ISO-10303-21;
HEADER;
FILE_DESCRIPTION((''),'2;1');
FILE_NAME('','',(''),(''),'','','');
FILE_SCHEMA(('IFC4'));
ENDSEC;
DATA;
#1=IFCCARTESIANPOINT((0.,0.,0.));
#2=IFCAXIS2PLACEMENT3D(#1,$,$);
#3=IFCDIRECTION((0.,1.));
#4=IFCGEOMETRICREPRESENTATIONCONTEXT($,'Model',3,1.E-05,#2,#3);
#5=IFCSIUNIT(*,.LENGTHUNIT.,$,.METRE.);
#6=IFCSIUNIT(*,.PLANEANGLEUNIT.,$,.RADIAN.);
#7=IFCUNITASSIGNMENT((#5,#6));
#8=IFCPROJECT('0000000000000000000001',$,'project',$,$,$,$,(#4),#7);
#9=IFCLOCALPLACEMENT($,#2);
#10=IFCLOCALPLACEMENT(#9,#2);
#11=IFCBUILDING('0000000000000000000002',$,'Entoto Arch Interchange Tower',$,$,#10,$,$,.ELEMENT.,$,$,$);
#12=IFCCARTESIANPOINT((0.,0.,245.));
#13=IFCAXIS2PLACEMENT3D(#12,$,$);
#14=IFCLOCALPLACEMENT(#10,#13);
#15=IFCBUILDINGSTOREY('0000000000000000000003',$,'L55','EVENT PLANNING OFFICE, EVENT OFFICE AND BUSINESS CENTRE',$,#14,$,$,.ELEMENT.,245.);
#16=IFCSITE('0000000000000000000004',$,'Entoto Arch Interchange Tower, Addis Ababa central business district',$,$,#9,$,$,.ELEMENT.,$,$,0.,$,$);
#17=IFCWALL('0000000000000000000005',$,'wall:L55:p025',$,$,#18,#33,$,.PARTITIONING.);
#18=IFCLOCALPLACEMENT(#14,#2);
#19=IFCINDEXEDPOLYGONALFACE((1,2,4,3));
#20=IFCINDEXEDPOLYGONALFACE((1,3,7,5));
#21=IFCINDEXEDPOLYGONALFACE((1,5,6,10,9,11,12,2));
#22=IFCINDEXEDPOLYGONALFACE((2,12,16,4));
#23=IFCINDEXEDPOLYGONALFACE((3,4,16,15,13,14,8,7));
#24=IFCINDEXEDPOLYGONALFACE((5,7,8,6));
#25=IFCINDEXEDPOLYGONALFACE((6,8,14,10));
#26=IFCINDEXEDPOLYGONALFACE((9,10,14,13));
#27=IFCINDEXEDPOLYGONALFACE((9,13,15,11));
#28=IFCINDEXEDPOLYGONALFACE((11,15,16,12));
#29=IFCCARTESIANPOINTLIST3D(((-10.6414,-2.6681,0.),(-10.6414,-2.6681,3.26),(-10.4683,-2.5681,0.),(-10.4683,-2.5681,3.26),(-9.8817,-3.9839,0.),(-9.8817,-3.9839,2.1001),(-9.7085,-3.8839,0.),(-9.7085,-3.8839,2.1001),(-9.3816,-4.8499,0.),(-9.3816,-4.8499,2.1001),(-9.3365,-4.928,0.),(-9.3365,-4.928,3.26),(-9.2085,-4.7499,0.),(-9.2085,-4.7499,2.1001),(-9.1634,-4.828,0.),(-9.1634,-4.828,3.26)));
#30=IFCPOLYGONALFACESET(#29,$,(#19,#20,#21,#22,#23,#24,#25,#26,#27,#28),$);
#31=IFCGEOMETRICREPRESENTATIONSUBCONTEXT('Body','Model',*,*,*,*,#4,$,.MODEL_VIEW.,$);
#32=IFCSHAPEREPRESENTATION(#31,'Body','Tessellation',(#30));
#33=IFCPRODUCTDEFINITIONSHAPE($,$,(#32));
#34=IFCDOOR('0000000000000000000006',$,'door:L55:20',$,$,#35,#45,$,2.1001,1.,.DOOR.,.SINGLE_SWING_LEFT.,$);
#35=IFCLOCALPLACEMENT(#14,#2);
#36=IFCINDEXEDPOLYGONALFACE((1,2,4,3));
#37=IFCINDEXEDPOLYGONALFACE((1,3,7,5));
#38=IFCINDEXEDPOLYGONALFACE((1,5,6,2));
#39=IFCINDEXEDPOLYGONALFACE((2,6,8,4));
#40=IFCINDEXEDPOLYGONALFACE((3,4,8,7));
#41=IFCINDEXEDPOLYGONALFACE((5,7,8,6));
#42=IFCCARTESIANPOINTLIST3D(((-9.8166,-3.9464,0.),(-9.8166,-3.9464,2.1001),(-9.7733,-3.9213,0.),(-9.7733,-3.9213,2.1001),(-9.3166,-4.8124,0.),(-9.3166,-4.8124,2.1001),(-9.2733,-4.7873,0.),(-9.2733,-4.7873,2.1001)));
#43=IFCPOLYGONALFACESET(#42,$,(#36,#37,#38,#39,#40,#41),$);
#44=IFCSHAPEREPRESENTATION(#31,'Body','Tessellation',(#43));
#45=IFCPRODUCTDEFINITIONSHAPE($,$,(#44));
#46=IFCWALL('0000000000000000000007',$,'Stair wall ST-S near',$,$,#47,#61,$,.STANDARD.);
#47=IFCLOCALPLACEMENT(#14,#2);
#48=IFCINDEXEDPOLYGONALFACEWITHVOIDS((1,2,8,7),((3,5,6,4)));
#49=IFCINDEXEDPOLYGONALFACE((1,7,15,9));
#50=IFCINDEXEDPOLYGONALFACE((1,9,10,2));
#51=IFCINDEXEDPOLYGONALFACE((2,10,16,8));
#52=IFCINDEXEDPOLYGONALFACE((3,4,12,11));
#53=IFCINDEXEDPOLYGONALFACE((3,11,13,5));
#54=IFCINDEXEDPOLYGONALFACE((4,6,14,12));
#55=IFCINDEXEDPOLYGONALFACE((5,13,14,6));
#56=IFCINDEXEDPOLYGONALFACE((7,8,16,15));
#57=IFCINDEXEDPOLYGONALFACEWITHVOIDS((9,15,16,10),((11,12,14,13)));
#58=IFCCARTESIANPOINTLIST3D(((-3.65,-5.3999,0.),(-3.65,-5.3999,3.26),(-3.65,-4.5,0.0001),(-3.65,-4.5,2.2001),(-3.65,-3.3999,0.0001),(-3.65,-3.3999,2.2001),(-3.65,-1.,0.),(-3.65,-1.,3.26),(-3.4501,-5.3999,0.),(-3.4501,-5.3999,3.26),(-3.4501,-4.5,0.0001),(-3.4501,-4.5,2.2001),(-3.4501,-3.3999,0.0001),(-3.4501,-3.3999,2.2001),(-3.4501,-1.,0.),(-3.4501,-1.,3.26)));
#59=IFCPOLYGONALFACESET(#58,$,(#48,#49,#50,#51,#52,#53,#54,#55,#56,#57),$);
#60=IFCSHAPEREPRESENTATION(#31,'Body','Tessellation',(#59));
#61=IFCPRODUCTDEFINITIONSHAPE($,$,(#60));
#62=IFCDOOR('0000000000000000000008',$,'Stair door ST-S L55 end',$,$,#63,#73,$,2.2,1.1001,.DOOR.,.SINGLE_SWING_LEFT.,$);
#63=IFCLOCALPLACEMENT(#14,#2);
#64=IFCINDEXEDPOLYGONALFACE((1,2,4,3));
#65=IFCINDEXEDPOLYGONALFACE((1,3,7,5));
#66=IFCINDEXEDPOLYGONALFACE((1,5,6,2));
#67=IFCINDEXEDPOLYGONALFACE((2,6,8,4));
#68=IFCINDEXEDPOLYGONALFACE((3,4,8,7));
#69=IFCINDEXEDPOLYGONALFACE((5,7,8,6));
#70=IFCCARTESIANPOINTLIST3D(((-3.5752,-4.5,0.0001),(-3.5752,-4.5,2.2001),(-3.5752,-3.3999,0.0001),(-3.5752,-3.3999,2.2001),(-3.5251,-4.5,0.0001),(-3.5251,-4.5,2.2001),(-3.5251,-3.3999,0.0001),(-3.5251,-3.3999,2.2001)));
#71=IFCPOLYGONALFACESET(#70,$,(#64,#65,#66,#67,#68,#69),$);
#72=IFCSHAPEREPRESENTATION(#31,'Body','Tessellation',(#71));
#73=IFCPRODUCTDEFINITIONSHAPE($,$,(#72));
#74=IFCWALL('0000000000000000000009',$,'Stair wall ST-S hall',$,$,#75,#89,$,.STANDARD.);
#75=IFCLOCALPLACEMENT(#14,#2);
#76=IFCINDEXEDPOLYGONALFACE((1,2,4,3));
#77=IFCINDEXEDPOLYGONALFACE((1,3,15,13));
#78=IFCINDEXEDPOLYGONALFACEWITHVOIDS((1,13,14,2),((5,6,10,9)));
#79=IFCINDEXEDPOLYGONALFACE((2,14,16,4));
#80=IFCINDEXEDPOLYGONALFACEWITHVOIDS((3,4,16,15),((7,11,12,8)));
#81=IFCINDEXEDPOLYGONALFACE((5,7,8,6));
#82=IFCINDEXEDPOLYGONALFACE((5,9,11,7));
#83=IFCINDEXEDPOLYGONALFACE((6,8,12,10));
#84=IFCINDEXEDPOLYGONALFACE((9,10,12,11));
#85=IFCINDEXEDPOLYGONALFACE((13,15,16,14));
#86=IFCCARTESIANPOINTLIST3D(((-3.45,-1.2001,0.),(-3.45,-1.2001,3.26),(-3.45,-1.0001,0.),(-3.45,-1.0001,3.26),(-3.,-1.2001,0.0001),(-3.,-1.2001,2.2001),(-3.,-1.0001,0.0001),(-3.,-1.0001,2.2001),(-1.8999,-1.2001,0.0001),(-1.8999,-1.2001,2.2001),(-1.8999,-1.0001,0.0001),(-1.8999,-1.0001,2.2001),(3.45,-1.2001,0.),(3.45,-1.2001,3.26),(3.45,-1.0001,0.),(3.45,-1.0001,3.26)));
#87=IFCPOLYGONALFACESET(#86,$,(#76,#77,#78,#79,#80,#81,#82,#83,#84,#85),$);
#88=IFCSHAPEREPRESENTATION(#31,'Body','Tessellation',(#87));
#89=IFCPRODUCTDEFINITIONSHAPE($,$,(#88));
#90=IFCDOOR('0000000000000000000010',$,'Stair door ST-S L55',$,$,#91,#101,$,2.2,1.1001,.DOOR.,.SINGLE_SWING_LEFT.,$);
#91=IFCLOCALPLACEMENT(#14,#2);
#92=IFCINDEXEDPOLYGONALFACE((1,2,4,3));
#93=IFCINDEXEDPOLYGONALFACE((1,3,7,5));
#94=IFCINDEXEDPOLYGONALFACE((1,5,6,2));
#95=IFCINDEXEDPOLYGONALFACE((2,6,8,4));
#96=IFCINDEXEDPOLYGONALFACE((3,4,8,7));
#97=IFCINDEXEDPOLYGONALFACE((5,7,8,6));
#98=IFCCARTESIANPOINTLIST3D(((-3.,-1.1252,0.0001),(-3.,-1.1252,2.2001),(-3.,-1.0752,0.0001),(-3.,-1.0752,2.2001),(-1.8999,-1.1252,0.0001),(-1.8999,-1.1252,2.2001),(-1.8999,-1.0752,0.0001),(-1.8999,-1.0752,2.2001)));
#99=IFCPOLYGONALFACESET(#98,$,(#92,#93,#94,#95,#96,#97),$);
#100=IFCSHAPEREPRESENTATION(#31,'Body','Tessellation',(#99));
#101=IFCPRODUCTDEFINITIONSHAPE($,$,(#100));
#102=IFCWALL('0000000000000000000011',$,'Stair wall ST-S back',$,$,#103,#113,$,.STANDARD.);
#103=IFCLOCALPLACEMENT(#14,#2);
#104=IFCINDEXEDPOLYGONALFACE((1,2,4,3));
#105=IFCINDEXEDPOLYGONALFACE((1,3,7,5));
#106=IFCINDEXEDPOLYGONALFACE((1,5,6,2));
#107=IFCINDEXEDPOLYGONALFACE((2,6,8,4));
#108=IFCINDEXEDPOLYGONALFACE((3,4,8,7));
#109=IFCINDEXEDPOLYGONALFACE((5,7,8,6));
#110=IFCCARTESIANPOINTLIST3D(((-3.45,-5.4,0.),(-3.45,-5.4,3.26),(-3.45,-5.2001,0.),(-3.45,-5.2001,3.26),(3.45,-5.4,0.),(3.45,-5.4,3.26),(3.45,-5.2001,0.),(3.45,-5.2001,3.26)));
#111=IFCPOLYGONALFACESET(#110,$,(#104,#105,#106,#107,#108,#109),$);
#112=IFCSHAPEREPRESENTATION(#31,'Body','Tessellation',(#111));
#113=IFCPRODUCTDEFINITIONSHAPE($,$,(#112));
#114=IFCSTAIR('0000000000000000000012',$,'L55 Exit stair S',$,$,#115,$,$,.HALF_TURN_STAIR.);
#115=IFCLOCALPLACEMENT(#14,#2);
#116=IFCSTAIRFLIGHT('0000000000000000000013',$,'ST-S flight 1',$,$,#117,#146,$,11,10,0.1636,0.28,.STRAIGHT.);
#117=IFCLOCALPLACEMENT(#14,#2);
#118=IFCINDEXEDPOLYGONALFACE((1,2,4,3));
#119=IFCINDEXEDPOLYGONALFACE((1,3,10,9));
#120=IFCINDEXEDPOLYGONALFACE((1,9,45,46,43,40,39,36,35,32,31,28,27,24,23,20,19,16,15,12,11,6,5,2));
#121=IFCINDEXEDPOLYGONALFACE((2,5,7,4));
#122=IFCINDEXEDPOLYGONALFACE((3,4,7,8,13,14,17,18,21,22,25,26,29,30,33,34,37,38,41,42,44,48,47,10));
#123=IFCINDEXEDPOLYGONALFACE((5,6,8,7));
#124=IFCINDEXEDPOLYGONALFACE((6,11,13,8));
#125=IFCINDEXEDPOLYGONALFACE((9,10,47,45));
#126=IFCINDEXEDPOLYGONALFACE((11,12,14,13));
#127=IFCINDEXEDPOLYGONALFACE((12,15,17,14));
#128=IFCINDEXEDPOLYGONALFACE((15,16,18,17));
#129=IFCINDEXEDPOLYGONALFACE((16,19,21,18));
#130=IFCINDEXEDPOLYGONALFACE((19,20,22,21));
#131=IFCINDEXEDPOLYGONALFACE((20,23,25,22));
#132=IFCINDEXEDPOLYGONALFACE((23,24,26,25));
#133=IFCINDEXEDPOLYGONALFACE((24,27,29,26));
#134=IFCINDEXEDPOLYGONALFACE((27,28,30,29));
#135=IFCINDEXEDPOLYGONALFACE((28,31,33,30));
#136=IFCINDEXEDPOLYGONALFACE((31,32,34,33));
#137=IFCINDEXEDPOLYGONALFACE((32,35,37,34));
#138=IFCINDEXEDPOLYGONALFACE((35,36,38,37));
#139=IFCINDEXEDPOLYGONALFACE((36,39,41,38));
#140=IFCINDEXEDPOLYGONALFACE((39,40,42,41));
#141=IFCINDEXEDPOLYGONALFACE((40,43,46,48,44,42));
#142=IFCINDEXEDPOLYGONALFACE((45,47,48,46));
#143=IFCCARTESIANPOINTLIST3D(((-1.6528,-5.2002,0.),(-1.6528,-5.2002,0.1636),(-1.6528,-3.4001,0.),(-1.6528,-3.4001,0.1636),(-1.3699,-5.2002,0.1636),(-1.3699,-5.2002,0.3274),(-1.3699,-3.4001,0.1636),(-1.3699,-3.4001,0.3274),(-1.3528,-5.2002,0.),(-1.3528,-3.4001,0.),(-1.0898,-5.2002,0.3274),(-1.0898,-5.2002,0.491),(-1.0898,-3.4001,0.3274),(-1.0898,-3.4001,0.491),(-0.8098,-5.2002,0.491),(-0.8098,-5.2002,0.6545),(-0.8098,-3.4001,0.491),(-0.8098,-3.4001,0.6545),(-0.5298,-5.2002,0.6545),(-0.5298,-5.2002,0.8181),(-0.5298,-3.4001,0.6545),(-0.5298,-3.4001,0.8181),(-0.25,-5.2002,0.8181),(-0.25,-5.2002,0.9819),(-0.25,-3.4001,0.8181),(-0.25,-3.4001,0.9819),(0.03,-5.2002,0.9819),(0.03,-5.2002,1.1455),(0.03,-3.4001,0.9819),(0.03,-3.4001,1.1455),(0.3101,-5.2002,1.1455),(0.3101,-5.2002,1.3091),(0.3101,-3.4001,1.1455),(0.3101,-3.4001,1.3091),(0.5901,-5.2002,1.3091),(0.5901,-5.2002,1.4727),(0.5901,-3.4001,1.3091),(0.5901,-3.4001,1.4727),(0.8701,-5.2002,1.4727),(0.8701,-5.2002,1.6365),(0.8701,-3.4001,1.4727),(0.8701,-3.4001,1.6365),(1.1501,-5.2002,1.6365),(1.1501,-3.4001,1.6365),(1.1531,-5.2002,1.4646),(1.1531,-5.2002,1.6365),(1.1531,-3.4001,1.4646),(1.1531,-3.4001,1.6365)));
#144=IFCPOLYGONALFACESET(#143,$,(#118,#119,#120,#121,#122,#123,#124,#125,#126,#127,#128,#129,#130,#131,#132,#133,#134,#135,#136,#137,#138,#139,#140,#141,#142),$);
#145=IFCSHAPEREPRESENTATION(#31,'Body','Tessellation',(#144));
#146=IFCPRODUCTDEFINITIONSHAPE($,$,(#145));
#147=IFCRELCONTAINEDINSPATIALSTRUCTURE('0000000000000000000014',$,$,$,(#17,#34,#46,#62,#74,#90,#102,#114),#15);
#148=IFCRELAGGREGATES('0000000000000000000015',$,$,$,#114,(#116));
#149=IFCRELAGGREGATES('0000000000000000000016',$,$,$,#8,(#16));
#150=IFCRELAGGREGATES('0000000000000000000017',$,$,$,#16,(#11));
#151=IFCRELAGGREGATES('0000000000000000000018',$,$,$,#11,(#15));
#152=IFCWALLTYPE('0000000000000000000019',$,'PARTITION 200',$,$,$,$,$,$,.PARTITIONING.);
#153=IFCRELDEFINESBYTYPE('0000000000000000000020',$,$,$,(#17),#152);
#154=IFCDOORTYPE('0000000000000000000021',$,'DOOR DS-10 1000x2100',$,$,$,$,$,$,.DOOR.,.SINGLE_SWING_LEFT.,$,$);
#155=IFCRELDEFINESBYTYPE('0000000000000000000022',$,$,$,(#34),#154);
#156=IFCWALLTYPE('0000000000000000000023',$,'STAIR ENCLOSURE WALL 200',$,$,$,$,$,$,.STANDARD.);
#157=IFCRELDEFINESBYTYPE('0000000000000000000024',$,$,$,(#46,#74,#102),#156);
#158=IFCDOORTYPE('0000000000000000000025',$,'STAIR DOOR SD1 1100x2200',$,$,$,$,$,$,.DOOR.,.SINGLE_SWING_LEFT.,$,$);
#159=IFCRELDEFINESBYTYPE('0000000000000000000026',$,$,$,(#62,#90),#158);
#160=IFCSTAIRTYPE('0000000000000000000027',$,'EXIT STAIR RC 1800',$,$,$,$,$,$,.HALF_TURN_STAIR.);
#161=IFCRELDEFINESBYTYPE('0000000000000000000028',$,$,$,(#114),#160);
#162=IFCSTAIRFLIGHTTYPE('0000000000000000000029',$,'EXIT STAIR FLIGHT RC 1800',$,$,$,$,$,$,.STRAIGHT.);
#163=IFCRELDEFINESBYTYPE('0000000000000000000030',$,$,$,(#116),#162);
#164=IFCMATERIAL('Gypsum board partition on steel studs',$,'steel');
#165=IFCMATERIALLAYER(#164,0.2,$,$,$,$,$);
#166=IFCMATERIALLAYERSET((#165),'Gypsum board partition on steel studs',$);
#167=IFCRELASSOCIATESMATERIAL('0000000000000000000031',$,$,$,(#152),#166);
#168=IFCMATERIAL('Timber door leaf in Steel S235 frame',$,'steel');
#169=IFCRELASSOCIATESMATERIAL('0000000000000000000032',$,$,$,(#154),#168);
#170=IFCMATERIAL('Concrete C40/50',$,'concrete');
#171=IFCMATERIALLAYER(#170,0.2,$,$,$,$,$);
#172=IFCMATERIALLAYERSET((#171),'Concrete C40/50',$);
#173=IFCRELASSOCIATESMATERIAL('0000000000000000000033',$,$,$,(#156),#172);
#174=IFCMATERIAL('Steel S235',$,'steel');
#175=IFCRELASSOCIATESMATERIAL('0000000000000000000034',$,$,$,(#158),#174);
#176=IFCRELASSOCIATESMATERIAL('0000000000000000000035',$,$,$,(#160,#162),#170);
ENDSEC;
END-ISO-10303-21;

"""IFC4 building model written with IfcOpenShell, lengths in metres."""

from ifc_helpers import new_model, si_unit, direction, frame, frame_2d, origin, place, context, subcontext, project, spatial, polyline, rectangle, outline, extrude, material, layer, layer_set, type_object, element, fill, aggregate, save


model = new_model("IFC4")

# Units and contexts
model_context = context("Model", 3, precision=1e-05, world=origin(), true_north=direction((0.0, 1.0)))
body_context = subcontext(model_context, "Body", "Model", "MODEL_VIEW")
ifc_project = project(units=[si_unit("LENGTHUNIT", "METRE"), si_unit("PLANEANGLEUNIT", "RADIAN")], contexts=[model_context])

# Site, building, storey
site_placement = place(None, origin())
site = spatial("IfcSite", under=ifc_project, at=site_placement, Name="Entoto Arch Interchange Tower, Addis Ababa central business district", CompositionType="ELEMENT", RefElevation=0.0)
building_placement = place(site_placement, origin())
building = spatial("IfcBuilding", under=site, at=building_placement, Name="Entoto Arch Interchange Tower", CompositionType="ELEMENT")
storey_placement = place(building_placement, frame((0.0, 0.0, 245.0)))
storey = spatial("IfcBuildingStorey", under=building, at=storey_placement, Name="L55", Description="EVENT PLANNING OFFICE, EVENT OFFICE AND BUSINESS CENTRE", CompositionType="ELEMENT", Elevation=245.0)

# Shared definitions
ifc_material_1 = material(Name="Concrete C40/50", Category="concrete")
ifc_material_2 = material(Name="Gypsum board partition on steel studs", Category="steel")

# Shared definitions
ifc_layer_1 = layer(ifc_material_2, 0.2)
ifc_layer_set_1 = layer_set([ifc_layer_1], Name="Gypsum board partition on steel studs")
wall_type_1 = type_object("IfcWallType", Name="PARTITION 200", PredefinedType="PARTITIONING", material=ifc_layer_set_1)
ifc_material_3 = material(Name="Timber door leaf in Steel S235 frame", Category="steel")
door_type_1 = type_object("IfcDoorType", Name="DOOR DS-10 1000x2100", OperationType="SINGLE_SWING_LEFT", PredefinedType="DOOR", material=ifc_material_3)

# Walls, openings, doors
wall_1_placement = place(storey_placement, frame((-9.25, -4.8779, 0.0), z_axis=(0.0, 0.0, 1.0), x_axis=(-0.500033, 0.866006, 0.0)))
wall_1 = element("IfcWall", 1, at=wall_1_placement, inside=storey, type_object=wall_type_1, Name="wall:L55:p025", PredefinedType="PARTITIONING", context=body_context, shape_type="SweptSolid", body=[
    extrude(rectangle(XDim=2.6096, YDim=0.2, at=frame_2d((1.3047, 0.0))), origin(), (0.0, 0.0, 1.0), 3.26),
])
opening_1_placement = place(wall_1_placement, frame((0.0901, 0.0, 0.0)))
opening_1 = element("IfcOpeningElement", 2, at=opening_1_placement, cuts=wall_1, PredefinedType="OPENING", context=body_context, shape_type="SweptSolid", body=[
    extrude(rectangle(XDim=1.0, YDim=2.1001, at=frame_2d((0.5, 1.05))), frame((0.0, 0.1099, 0.0), z_axis=(0.0, -1.0, 0.0), x_axis=(1.0, 0.0, 0.0)), (0.0, 0.0, 1.0), 0.22),
])
door_1_placement = place(opening_1_placement, origin())
door_1 = element("IfcDoor", 3, at=door_1_placement, inside=storey, type_object=door_type_1, Name="door:L55:20", OperationType="SINGLE_SWING_LEFT", OverallHeight=2.1001, OverallWidth=1.0, PredefinedType="DOOR", context=body_context, shape_type="SweptSolid", body=[
    extrude(rectangle(XDim=1.0, YDim=2.1001, at=frame_2d((0.5, 1.05))), frame((0.0, 0.0249, 0.0), z_axis=(0.0, -1.0, 0.0), x_axis=(1.0, 0.0, 0.0)), (0.0, 0.0, 1.0), 0.05),
])
fill(opening_1, door_1)
ifc_layer_2 = layer(ifc_material_1, 0.2)
ifc_layer_set_2 = layer_set([ifc_layer_2], Name="Concrete C40/50")
wall_type_2 = type_object("IfcWallType", Name="STAIR ENCLOSURE WALL 200", PredefinedType="STANDARD", material=ifc_layer_set_2)
wall_2_placement = place(storey_placement, frame((-3.55, -1.0, 0.0), z_axis=(0.0, 0.0, 1.0), x_axis=(0.0, -1.0, 0.0)))
wall_2 = element("IfcWall", 4, at=wall_2_placement, inside=storey, type_object=wall_type_2, Name="Stair wall ST-S near", PredefinedType="STANDARD", context=body_context, shape_type="SweptSolid", body=[
    extrude(rectangle(XDim=4.3999, YDim=0.2, at=frame_2d((2.2, 0.0))), origin(), (0.0, 0.0, 1.0), 3.26),
])
opening_2_placement = place(wall_2_placement, frame((2.3999, 0.0, 0.0)))
opening_2 = element("IfcOpeningElement", 5, at=opening_2_placement, cuts=wall_2, PredefinedType="OPENING", context=body_context, shape_type="SweptSolid", body=[
    extrude(rectangle(XDim=1.1001, YDim=2.2, at=frame_2d((0.55, 1.1001))), frame((0.0, 0.1099, 0.0), z_axis=(0.0, -1.0, 0.0), x_axis=(1.0, 0.0, 0.0)), (0.0, 0.0, 1.0), 0.22),
])
ifc_material_4 = material(Name="Steel S235", Category="steel")
door_type_2 = type_object("IfcDoorType", Name="STAIR DOOR SD1 1100x2200", OperationType="SINGLE_SWING_LEFT", PredefinedType="DOOR", material=ifc_material_4)
door_2_placement = place(opening_2_placement, origin())
door_2 = element("IfcDoor", 6, at=door_2_placement, inside=storey, type_object=door_type_2, Name="Stair door ST-S L55 end", OperationType="SINGLE_SWING_LEFT", OverallHeight=2.2, OverallWidth=1.1001, PredefinedType="DOOR", context=body_context, shape_type="SweptSolid", body=[
    extrude(rectangle(XDim=1.1001, YDim=2.2, at=frame_2d((0.55, 1.1001))), frame((0.0, 0.0249, 0.0), z_axis=(0.0, -1.0, 0.0), x_axis=(1.0, 0.0, 0.0)), (0.0, 0.0, 1.0), 0.05),
])
fill(opening_2, door_2)
wall_3_placement = place(storey_placement, frame((-3.45, -1.1001, 0.0), z_axis=(0.0, 0.0, 1.0), x_axis=(1.0, 0.0, 0.0)))
wall_3 = element("IfcWall", 7, at=wall_3_placement, inside=storey, type_object=wall_type_2, Name="Stair wall ST-S hall", PredefinedType="STANDARD", context=body_context, shape_type="SweptSolid", body=[
    extrude(rectangle(XDim=6.8999, YDim=0.2, at=frame_2d((3.45, 0.0))), origin(), (0.0, 0.0, 1.0), 3.26),
])
opening_3_placement = place(wall_3_placement, frame((0.45, 0.0, 0.0)))
opening_3 = element("IfcOpeningElement", 8, at=opening_3_placement, cuts=wall_3, PredefinedType="OPENING", context=body_context, shape_type="SweptSolid", body=[
    extrude(rectangle(XDim=1.1001, YDim=2.2, at=frame_2d((0.55, 1.1001))), frame((0.0, 0.1099, 0.0), z_axis=(0.0, -1.0, 0.0), x_axis=(1.0, 0.0, 0.0)), (0.0, 0.0, 1.0), 0.22),
])
door_3_placement = place(opening_3_placement, origin())
door_3 = element("IfcDoor", 9, at=door_3_placement, inside=storey, type_object=door_type_2, Name="Stair door ST-S L55", OperationType="SINGLE_SWING_LEFT", OverallHeight=2.2, OverallWidth=1.1001, PredefinedType="DOOR", context=body_context, shape_type="SweptSolid", body=[
    extrude(rectangle(XDim=1.1001, YDim=2.2, at=frame_2d((0.55, 1.1001))), frame((0.0, 0.0249, 0.0), z_axis=(0.0, -1.0, 0.0), x_axis=(1.0, 0.0, 0.0)), (0.0, 0.0, 1.0), 0.05),
])
fill(opening_3, door_3)

# Wall
wall_4_placement = place(storey_placement, frame((-3.45, -5.3, 0.0), z_axis=(0.0, 0.0, 1.0), x_axis=(1.0, 0.0, 0.0)))
element("IfcWall", 10, at=wall_4_placement, inside=storey, type_object=wall_type_2, Name="Stair wall ST-S back", PredefinedType="STANDARD", context=body_context, shape_type="SweptSolid", body=[
    extrude(rectangle(XDim=6.8999, YDim=0.2, at=frame_2d((3.45, 0.0))), origin(), (0.0, 0.0, 1.0), 3.26),
])

# Stair, stair flight
stair_type = type_object("IfcStairType", Name="EXIT STAIR RC 1800", PredefinedType="HALF_TURN_STAIR", material=ifc_material_1)
stair_placement = place(storey_placement, origin())
stair = element("IfcStair", 11, at=stair_placement, inside=storey, type_object=stair_type, Name="L55 Exit stair S", PredefinedType="HALF_TURN_STAIR")
stair_flight_type = type_object("IfcStairFlightType", Name="EXIT STAIR FLIGHT RC 1800", PredefinedType="STRAIGHT", material=ifc_material_1)
stair_flight_placement = place(storey_placement, frame((-1.6499, -4.3, 0.0), z_axis=(0.0, 0.0, 1.0), x_axis=(1.0, 0.0, 0.0)))
stair_flight = element("IfcStairFlight", 12, at=stair_flight_placement, type_object=stair_flight_type, Name="ST-S flight 1", NumberOfRisers=11, NumberOfTreads=10, PredefinedType="STRAIGHT", RiserHeight=0.1636, TreadLength=0.28, context=body_context, shape_type="SweptSolid", body=[
    extrude(outline(polyline([(-0.0029, 0.0), (-0.0029, 0.1636), (0.28, 0.1636), (0.28, 0.3274), (0.5601, 0.3274), (0.5601, 0.491), (0.8401, 0.491), (0.8401, 0.6545), (1.1201, 0.6545), (1.1201, 0.8181), (1.3999, 0.8181), (1.3999, 0.9819), (1.6799, 0.9819), (1.6799, 1.1455), (1.96, 1.1455), (1.96, 1.3091), (2.24, 1.3091), (2.24, 1.4727), (2.52, 1.4727), (2.52, 1.6365), (2.8, 1.6365), (2.803, 1.6365), (2.803, 1.4646), (0.2971, 0.0), (-0.0029, 0.0)])), frame((0.0, 0.8999, 0.0), z_axis=(0.0, -1.0, 0.0), x_axis=(1.0, 0.0, 0.0)), (0.0, 0.0, 1.0), 1.8),
])
aggregate(stair, [stair_flight])

save(model, "model.ifc")
